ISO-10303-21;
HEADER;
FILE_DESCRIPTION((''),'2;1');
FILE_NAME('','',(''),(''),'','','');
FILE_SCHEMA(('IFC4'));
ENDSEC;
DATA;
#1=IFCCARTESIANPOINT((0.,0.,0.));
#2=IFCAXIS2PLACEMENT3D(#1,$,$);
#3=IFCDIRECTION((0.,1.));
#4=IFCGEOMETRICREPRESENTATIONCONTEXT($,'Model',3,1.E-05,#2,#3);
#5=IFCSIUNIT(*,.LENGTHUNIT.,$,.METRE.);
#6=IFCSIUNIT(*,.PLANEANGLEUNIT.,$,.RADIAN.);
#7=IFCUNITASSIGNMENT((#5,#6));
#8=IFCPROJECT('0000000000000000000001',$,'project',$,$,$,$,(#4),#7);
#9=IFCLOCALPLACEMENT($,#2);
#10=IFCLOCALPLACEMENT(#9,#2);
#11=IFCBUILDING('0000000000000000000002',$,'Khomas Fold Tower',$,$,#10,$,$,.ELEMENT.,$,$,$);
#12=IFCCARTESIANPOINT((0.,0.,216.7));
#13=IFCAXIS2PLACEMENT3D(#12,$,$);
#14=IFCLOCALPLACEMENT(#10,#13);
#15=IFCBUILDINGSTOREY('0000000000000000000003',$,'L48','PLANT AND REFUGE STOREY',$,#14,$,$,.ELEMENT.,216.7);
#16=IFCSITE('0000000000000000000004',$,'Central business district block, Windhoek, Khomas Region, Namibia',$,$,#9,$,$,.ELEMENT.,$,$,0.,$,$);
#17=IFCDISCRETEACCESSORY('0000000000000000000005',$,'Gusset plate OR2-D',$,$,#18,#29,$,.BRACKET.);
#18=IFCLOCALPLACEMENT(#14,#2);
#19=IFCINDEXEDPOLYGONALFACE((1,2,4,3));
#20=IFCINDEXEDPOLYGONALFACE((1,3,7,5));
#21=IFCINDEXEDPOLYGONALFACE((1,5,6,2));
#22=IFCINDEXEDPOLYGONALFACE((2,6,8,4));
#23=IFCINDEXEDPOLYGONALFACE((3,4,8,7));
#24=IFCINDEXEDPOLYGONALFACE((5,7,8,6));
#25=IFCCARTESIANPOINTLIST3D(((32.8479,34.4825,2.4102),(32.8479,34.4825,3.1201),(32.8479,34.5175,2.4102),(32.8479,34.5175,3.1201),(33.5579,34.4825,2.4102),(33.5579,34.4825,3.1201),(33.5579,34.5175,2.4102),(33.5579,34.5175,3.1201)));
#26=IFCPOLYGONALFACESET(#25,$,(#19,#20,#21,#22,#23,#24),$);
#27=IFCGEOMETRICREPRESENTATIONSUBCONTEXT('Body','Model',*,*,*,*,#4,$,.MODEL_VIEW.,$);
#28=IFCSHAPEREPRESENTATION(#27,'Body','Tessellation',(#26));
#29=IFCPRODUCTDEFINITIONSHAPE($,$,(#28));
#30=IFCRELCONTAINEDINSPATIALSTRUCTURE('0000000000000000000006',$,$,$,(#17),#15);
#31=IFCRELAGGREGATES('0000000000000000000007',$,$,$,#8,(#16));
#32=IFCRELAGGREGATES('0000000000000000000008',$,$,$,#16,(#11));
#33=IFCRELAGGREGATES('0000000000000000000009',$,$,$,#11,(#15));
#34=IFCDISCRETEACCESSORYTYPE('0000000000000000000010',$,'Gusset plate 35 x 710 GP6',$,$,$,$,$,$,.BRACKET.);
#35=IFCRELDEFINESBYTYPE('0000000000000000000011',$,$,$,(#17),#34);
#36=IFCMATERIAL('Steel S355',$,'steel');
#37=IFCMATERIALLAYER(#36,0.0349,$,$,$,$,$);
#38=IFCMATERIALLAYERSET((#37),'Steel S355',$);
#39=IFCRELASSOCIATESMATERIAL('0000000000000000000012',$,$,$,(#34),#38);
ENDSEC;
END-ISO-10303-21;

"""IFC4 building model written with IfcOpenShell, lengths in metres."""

from ifc_helpers import new_model, si_unit, direction, frame, origin, origin_2d, place, context, subcontext, project, spatial, rectangle, extrude, source, transform, mapped, material, layer, layer_set, type_object, element, save


model = new_model("IFC4")

# Units and contexts
model_context = context("Model", 3, precision=1e-05, world=origin(), true_north=direction((0.0, 1.0)))
body_context = subcontext(model_context, "Body", "Model", "MODEL_VIEW")
ifc_project = project(units=[si_unit("LENGTHUNIT", "METRE"), si_unit("PLANEANGLEUNIT", "RADIAN")], contexts=[model_context])

# Site, building, storey
site_placement = place(None, origin())
site = spatial("IfcSite", under=ifc_project, at=site_placement, Name="Central business district block, Windhoek, Khomas Region, Namibia", CompositionType="ELEMENT", RefElevation=0.0)
building_placement = place(site_placement, origin())
building = spatial("IfcBuilding", under=site, at=building_placement, Name="Khomas Fold Tower", CompositionType="ELEMENT")
storey_placement = place(building_placement, frame((0.0, 0.0, 216.7)))
storey = spatial("IfcBuildingStorey", under=building, at=storey_placement, Name="L48", Description="PLANT AND REFUGE STOREY", CompositionType="ELEMENT", Elevation=216.7)

# Discrete accessory
ifc_material_1 = material(Name="Steel S355", Category="steel")
ifc_layer_1 = layer(ifc_material_1, 0.0349)
ifc_layer_set_1 = layer_set([ifc_layer_1], Name="Steel S355")
discrete_accessory_type_1 = type_object("IfcDiscreteAccessoryType", Name="Gusset plate 35 x 710 GP6", PredefinedType="BRACKET", material=ifc_layer_set_1)
shared_shape_1 = source(origin(), body_context, "Body", "SweptSolid", [
    extrude(rectangle(XDim=0.71, YDim=0.0349, at=origin_2d()), origin(), (0.0, 0.0, 1.0), 0.71),
])
for number, where, z_axis, x_axis, name in (
    (1, (33.2029, 34.5, 2.4102), (0.0, 0.0, 1.0), (1.0, 0.0, 0.0), "Gusset plate OR2-D"),
):
    element("IfcDiscreteAccessory", number, at=place(storey_placement, frame(where, z_axis=z_axis, x_axis=x_axis)), inside=storey, type_object=discrete_accessory_type_1, Name=name, PredefinedType="BRACKET", context=body_context, shape_type="MappedRepresentation", body=[
        mapped(shared_shape_1, transform((0.0, 0.0, 0.0))),
    ])

save(model, "model.ifc")
